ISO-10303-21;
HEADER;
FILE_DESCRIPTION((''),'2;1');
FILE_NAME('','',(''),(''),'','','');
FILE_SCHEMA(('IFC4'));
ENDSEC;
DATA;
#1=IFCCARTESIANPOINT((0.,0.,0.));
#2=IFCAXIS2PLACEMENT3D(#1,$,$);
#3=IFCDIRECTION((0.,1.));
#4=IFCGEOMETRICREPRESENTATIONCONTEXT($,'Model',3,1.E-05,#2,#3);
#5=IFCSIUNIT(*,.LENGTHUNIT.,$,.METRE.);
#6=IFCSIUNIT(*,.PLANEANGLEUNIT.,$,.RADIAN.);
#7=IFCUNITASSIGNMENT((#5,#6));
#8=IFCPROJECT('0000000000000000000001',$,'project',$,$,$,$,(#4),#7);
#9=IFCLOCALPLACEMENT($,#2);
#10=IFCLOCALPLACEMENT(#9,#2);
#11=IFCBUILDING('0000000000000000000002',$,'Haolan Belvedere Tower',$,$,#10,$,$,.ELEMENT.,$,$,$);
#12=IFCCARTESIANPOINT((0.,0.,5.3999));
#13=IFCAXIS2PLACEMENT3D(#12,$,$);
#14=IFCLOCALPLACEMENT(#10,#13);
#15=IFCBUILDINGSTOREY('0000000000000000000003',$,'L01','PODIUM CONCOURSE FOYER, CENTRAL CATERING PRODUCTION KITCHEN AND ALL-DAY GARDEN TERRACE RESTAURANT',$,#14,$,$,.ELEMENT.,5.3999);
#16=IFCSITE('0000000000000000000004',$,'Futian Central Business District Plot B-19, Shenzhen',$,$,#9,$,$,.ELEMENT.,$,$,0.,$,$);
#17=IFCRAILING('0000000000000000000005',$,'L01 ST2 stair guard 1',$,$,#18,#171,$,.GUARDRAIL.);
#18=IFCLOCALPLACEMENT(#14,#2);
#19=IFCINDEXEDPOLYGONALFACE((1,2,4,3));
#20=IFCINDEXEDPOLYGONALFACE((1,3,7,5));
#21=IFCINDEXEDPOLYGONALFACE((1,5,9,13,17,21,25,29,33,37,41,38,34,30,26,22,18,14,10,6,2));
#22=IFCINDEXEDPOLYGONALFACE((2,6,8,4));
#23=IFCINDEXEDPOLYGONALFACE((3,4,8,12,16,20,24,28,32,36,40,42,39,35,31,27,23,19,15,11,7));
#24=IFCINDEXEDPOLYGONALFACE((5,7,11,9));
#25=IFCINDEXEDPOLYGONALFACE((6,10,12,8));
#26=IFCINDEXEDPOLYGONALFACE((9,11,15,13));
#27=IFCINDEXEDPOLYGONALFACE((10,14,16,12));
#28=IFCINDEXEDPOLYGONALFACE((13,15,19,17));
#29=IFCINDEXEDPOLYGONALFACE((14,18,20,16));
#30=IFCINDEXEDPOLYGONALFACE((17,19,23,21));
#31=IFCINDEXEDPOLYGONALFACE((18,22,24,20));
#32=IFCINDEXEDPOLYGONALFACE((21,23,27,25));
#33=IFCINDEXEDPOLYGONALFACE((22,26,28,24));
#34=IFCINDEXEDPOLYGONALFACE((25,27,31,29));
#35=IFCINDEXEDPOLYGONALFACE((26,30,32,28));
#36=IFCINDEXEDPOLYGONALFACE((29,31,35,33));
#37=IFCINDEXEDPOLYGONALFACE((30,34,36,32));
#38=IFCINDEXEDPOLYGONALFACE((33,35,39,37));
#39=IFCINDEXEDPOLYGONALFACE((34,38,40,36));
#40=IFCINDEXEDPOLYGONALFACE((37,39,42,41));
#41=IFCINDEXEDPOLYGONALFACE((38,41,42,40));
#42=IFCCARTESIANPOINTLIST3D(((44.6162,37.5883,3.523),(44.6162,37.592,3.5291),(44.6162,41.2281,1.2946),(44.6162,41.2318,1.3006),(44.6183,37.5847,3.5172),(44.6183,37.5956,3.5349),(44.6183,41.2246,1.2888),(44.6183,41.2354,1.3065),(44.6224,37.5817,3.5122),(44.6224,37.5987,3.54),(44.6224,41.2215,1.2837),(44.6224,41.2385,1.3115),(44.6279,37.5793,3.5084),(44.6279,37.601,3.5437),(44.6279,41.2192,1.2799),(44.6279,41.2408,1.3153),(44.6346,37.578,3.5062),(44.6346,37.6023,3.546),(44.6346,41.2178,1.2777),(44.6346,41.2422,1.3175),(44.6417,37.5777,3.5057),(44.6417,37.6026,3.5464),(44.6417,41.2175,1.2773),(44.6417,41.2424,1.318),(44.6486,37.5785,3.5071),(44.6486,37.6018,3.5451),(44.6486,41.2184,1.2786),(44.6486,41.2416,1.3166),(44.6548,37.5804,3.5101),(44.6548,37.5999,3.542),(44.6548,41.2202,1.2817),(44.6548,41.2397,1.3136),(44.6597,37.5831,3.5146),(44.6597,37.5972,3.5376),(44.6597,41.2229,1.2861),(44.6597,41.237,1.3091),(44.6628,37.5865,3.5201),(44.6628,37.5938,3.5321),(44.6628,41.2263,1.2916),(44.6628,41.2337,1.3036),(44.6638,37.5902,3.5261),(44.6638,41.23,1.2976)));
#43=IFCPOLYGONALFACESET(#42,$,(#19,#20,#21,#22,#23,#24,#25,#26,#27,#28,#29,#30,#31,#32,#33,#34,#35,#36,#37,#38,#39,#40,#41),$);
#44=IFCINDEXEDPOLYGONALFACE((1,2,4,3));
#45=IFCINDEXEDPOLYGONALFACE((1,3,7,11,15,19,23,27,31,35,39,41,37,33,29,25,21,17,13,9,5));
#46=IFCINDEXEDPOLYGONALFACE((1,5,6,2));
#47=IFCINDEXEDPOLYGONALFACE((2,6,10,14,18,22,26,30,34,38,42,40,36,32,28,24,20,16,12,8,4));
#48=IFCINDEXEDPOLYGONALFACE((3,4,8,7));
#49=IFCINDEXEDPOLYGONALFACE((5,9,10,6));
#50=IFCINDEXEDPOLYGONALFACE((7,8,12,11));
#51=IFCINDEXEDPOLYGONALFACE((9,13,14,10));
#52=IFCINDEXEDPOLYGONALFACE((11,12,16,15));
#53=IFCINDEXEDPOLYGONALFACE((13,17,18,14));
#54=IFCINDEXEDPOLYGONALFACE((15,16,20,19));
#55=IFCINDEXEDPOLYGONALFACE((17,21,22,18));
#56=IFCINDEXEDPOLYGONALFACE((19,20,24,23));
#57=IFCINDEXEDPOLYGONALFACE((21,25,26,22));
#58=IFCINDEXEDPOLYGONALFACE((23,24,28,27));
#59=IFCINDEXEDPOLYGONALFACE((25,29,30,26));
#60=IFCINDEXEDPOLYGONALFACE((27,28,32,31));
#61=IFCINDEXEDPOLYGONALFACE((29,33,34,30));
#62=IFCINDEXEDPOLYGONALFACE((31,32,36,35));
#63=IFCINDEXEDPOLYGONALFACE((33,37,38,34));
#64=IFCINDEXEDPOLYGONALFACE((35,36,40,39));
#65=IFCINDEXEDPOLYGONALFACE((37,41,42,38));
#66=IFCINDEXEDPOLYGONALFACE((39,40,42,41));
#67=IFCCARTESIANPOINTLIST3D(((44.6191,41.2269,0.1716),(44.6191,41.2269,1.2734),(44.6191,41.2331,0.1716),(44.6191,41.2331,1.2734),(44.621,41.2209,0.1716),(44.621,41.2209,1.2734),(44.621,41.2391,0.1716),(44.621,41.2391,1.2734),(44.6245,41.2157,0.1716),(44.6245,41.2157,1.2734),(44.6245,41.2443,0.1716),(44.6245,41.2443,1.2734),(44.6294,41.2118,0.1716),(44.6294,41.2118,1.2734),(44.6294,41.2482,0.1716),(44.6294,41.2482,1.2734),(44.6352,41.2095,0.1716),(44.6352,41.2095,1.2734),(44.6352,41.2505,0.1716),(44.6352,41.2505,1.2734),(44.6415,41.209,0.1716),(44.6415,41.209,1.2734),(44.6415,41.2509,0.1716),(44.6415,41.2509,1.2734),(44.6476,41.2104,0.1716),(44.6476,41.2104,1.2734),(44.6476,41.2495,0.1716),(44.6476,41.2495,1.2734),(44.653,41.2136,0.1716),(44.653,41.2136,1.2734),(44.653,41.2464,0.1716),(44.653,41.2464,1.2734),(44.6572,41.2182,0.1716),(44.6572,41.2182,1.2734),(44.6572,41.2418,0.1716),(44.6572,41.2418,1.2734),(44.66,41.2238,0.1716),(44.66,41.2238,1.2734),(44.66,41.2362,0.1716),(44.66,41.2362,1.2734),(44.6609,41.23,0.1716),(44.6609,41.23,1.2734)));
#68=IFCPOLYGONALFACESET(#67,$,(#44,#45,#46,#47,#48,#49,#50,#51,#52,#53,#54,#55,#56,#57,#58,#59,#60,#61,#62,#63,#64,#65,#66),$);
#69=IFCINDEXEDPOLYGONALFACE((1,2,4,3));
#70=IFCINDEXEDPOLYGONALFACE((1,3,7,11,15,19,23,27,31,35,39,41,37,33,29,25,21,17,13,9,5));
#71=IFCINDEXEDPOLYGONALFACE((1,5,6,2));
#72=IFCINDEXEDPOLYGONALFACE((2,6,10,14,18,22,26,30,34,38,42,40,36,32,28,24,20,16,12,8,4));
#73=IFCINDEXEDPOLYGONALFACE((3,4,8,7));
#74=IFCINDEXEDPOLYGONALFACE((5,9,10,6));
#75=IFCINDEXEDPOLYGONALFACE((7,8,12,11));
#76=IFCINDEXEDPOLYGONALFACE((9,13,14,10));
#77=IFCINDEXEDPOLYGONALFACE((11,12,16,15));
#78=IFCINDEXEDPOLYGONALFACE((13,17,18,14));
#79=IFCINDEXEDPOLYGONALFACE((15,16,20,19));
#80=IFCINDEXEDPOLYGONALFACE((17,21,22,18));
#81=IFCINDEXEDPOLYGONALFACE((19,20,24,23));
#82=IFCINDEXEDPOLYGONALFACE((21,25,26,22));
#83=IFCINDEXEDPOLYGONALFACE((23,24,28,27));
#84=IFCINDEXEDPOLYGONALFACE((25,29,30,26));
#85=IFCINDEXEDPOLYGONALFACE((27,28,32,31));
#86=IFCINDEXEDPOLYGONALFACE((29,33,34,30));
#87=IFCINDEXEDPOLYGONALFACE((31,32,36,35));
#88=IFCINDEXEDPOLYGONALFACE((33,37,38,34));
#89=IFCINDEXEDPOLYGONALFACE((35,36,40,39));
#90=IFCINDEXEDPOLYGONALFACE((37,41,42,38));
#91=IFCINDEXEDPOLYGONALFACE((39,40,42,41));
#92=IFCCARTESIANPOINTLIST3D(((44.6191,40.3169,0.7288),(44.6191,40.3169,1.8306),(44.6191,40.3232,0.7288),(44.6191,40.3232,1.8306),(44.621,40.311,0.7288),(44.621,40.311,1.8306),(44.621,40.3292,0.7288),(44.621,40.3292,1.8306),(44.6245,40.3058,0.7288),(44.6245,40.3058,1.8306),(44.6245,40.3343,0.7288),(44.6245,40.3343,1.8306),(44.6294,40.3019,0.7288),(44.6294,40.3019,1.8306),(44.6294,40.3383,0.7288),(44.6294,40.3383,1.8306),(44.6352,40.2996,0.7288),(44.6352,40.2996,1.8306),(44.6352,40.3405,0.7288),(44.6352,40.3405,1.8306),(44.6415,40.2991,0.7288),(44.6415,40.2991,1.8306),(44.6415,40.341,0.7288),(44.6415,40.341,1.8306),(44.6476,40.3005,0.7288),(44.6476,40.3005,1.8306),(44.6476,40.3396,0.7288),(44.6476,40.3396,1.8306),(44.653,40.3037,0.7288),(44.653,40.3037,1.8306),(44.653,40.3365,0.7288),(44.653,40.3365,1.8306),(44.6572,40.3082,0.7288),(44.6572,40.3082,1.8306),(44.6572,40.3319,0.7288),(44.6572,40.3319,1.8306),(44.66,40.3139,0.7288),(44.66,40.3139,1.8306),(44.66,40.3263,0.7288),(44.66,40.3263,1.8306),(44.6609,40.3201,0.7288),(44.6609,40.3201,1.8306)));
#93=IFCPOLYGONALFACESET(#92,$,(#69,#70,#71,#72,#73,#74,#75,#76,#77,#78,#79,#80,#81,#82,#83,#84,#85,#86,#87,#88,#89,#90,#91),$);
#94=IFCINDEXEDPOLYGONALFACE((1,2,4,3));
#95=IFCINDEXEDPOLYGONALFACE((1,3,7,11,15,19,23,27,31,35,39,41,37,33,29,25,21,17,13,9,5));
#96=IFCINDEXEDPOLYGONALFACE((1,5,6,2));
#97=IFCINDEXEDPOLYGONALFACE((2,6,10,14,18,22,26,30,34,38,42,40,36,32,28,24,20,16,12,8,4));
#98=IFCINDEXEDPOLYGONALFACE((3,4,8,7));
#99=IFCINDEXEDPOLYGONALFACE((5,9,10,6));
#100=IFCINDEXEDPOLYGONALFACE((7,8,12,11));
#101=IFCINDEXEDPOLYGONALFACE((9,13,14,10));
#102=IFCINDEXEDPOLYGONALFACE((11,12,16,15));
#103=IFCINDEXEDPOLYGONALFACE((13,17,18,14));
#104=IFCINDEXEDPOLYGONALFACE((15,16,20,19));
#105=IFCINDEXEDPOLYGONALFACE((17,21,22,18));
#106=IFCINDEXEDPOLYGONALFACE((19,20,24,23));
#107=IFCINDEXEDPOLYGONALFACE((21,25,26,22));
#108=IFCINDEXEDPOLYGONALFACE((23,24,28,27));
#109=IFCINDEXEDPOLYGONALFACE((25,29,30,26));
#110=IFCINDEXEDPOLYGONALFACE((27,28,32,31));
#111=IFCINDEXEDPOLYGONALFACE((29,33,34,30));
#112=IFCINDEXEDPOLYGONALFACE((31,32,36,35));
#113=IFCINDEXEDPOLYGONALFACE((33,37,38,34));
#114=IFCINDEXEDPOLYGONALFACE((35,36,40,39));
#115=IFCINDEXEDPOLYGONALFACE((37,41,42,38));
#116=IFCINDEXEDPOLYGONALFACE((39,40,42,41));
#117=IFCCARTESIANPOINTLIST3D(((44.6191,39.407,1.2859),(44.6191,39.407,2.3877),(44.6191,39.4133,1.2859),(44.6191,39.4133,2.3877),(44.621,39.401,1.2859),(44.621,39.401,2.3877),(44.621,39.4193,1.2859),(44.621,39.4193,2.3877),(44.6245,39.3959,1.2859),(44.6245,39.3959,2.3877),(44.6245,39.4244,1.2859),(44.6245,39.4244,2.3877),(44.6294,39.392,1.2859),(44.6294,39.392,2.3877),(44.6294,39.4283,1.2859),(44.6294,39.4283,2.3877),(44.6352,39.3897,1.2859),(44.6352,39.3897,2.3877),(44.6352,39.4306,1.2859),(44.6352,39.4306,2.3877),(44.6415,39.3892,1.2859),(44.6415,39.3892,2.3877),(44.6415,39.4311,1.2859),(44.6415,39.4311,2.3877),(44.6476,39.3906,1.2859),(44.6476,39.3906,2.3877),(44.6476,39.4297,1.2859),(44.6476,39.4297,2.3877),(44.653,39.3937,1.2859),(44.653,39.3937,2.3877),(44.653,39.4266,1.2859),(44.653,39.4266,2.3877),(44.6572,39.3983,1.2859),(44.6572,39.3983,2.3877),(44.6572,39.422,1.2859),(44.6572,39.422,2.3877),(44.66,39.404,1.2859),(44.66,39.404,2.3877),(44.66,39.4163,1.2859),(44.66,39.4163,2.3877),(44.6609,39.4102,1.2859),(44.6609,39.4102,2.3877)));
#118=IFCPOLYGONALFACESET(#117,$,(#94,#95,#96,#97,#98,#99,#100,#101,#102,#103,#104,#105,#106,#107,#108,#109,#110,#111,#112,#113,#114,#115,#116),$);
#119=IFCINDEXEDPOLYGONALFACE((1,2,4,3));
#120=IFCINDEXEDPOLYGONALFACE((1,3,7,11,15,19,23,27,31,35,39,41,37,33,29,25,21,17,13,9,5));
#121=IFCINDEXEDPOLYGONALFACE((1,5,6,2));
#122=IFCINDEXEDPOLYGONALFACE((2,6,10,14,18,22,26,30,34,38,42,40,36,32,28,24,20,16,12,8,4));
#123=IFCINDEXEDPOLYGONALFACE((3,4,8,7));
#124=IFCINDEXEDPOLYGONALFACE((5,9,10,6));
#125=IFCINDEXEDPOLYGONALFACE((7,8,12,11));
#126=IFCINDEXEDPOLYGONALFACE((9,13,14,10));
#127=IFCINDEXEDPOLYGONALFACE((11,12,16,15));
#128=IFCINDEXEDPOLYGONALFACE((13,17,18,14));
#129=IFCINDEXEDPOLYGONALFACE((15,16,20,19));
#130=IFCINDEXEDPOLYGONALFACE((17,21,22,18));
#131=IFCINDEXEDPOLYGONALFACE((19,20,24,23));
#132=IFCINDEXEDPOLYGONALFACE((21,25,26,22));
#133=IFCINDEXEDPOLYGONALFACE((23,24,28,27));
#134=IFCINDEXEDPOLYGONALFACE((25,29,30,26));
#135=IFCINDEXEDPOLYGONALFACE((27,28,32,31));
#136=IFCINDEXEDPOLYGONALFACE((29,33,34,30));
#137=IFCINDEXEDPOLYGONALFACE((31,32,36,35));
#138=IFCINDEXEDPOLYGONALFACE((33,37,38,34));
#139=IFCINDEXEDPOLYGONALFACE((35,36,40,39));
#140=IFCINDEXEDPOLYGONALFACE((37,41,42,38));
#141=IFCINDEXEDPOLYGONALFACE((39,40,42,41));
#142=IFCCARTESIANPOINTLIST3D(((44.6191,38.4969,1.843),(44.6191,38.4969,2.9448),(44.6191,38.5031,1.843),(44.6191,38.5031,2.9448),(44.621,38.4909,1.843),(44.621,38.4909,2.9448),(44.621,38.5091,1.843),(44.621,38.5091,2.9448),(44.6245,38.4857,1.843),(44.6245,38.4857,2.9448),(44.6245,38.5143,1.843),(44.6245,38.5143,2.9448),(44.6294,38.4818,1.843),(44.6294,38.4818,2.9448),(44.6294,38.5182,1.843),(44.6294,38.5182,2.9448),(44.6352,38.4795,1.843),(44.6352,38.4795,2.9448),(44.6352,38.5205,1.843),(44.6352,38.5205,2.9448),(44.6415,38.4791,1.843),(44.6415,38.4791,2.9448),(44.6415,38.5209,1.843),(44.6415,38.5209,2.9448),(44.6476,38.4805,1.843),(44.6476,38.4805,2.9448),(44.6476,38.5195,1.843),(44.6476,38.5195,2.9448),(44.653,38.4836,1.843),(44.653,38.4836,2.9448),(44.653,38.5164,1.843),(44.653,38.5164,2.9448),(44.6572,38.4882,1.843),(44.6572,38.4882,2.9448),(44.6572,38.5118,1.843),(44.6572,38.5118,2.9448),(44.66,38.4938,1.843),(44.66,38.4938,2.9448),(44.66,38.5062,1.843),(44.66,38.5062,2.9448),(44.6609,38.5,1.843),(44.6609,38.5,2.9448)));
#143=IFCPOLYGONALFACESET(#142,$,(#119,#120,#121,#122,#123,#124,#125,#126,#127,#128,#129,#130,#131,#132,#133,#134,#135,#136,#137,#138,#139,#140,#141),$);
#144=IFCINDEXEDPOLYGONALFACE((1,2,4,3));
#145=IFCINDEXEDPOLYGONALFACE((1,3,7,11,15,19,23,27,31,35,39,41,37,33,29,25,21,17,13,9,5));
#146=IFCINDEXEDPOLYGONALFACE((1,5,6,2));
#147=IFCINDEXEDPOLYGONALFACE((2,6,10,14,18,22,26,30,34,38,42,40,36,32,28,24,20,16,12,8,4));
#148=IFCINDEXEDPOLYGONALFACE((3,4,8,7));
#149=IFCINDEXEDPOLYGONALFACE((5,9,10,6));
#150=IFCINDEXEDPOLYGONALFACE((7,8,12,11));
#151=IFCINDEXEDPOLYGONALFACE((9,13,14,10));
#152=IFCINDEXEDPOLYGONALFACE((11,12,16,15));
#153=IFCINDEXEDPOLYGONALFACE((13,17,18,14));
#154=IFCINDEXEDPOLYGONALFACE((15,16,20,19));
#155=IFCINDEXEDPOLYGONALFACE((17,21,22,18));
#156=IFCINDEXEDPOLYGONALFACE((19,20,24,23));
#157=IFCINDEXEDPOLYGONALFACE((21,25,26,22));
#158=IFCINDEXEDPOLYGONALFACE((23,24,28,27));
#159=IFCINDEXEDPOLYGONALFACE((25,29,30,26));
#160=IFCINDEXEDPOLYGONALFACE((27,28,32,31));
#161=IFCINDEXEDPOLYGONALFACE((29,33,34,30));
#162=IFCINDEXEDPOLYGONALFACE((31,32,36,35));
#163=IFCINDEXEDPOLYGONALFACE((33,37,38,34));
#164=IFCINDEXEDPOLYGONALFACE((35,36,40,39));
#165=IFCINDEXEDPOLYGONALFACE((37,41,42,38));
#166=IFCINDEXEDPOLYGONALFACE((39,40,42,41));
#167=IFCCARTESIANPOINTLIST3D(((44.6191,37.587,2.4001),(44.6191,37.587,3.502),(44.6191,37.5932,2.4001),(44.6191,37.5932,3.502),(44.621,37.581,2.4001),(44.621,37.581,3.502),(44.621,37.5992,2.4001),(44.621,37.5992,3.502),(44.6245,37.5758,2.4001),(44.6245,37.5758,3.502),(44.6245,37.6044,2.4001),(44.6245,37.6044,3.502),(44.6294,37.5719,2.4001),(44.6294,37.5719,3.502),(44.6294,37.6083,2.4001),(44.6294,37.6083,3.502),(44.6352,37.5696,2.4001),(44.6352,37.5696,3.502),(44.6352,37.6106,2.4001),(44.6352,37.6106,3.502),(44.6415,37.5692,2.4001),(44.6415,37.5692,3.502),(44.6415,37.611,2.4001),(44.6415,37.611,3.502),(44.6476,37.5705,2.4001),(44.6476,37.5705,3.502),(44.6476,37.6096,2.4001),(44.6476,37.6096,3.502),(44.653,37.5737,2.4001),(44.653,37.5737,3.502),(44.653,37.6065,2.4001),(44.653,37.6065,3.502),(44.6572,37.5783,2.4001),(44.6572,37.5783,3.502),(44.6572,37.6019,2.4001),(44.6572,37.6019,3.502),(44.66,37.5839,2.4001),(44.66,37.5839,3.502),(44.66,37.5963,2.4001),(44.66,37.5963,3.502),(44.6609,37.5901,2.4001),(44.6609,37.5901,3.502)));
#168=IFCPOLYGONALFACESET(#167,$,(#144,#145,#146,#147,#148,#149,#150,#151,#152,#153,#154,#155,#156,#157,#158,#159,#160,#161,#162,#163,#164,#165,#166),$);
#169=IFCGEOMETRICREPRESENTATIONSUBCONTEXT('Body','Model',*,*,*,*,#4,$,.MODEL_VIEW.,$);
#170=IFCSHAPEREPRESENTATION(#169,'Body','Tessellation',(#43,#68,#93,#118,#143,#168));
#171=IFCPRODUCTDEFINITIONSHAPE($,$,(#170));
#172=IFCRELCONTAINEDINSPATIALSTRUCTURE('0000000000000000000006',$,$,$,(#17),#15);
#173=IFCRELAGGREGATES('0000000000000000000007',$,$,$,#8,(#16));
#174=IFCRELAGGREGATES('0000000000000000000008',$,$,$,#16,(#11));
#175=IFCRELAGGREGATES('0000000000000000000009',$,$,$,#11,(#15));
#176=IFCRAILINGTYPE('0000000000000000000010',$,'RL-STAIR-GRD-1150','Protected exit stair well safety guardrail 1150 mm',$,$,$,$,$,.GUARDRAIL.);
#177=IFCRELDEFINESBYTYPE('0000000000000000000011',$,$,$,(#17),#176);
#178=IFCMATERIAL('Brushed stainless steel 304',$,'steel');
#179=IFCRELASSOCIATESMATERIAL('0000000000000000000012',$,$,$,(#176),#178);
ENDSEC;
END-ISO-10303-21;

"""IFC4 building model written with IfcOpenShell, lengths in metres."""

from ifc_helpers import new_model, si_unit, direction, frame, origin, origin_2d, place, context, subcontext, project, spatial, circle, extrude, material, type_object, element, save


model = new_model("IFC4")

# Units and contexts
model_context = context("Model", 3, precision=1e-05, world=origin(), true_north=direction((0.0, 1.0)))
body_context = subcontext(model_context, "Body", "Model", "MODEL_VIEW")
ifc_project = project(units=[si_unit("LENGTHUNIT", "METRE"), si_unit("PLANEANGLEUNIT", "RADIAN")], contexts=[model_context])

# Site, building, storey
site_placement = place(None, origin())
site = spatial("IfcSite", under=ifc_project, at=site_placement, Name="Futian Central Business District Plot B-19, Shenzhen", CompositionType="ELEMENT", RefElevation=0.0)
building_placement = place(site_placement, origin())
building = spatial("IfcBuilding", under=site, at=building_placement, Name="Haolan Belvedere Tower", CompositionType="ELEMENT")
storey_placement = place(building_placement, frame((0.0, 0.0, 5.3999)))
storey = spatial("IfcBuildingStorey", under=building, at=storey_placement, Name="L01", Description="PODIUM CONCOURSE FOYER, CENTRAL CATERING PRODUCTION KITCHEN AND ALL-DAY GARDEN TERRACE RESTAURANT", CompositionType="ELEMENT", Elevation=5.3999)

# Railing
ifc_material_1 = material(Name="Brushed stainless steel 304", Category="steel")
railing_type_1 = type_object("IfcRailingType", Name="RL-STAIR-GRD-1150", Description="Protected exit stair well safety guardrail 1150 mm", PredefinedType="GUARDRAIL", material=ifc_material_1)
railing_1_placement = place(storey_placement, frame((44.6399, 41.23, 0.1716)))
element("IfcRailing", 1, at=railing_1_placement, inside=storey, type_object=railing_type_1, Name="L01 ST2 stair guard 1", PredefinedType="GUARDRAIL", context=body_context, shape_type="SweptSolid", body=[
    extrude(circle(Radius=0.0239, at=origin_2d()), frame((0.0, 0.0, 1.126), z_axis=(0.0, -0.85285, 0.522156), x_axis=(1.0, 0.0, 0.0)), (0.0, 0.0, 1.0), 4.2678),
    extrude(circle(Radius=0.021, at=origin_2d()), origin(), (0.0, 0.0, 1.0), 1.1018),
    extrude(circle(Radius=0.021, at=origin_2d()), frame((0.0, -0.9099, 0.5571)), (0.0, 0.0, 1.0), 1.1018),
    extrude(circle(Radius=0.021, at=origin_2d()), frame((0.0, -1.8198, 1.1143)), (0.0, 0.0, 1.0), 1.1018),
    extrude(circle(Radius=0.021, at=origin_2d()), frame((0.0, -2.73, 1.6714)), (0.0, 0.0, 1.0), 1.1018),
    extrude(circle(Radius=0.021, at=origin_2d()), frame((0.0, -3.6399, 2.2285)), (0.0, 0.0, 1.0), 1.1018),
])

save(model, "model.ifc")
